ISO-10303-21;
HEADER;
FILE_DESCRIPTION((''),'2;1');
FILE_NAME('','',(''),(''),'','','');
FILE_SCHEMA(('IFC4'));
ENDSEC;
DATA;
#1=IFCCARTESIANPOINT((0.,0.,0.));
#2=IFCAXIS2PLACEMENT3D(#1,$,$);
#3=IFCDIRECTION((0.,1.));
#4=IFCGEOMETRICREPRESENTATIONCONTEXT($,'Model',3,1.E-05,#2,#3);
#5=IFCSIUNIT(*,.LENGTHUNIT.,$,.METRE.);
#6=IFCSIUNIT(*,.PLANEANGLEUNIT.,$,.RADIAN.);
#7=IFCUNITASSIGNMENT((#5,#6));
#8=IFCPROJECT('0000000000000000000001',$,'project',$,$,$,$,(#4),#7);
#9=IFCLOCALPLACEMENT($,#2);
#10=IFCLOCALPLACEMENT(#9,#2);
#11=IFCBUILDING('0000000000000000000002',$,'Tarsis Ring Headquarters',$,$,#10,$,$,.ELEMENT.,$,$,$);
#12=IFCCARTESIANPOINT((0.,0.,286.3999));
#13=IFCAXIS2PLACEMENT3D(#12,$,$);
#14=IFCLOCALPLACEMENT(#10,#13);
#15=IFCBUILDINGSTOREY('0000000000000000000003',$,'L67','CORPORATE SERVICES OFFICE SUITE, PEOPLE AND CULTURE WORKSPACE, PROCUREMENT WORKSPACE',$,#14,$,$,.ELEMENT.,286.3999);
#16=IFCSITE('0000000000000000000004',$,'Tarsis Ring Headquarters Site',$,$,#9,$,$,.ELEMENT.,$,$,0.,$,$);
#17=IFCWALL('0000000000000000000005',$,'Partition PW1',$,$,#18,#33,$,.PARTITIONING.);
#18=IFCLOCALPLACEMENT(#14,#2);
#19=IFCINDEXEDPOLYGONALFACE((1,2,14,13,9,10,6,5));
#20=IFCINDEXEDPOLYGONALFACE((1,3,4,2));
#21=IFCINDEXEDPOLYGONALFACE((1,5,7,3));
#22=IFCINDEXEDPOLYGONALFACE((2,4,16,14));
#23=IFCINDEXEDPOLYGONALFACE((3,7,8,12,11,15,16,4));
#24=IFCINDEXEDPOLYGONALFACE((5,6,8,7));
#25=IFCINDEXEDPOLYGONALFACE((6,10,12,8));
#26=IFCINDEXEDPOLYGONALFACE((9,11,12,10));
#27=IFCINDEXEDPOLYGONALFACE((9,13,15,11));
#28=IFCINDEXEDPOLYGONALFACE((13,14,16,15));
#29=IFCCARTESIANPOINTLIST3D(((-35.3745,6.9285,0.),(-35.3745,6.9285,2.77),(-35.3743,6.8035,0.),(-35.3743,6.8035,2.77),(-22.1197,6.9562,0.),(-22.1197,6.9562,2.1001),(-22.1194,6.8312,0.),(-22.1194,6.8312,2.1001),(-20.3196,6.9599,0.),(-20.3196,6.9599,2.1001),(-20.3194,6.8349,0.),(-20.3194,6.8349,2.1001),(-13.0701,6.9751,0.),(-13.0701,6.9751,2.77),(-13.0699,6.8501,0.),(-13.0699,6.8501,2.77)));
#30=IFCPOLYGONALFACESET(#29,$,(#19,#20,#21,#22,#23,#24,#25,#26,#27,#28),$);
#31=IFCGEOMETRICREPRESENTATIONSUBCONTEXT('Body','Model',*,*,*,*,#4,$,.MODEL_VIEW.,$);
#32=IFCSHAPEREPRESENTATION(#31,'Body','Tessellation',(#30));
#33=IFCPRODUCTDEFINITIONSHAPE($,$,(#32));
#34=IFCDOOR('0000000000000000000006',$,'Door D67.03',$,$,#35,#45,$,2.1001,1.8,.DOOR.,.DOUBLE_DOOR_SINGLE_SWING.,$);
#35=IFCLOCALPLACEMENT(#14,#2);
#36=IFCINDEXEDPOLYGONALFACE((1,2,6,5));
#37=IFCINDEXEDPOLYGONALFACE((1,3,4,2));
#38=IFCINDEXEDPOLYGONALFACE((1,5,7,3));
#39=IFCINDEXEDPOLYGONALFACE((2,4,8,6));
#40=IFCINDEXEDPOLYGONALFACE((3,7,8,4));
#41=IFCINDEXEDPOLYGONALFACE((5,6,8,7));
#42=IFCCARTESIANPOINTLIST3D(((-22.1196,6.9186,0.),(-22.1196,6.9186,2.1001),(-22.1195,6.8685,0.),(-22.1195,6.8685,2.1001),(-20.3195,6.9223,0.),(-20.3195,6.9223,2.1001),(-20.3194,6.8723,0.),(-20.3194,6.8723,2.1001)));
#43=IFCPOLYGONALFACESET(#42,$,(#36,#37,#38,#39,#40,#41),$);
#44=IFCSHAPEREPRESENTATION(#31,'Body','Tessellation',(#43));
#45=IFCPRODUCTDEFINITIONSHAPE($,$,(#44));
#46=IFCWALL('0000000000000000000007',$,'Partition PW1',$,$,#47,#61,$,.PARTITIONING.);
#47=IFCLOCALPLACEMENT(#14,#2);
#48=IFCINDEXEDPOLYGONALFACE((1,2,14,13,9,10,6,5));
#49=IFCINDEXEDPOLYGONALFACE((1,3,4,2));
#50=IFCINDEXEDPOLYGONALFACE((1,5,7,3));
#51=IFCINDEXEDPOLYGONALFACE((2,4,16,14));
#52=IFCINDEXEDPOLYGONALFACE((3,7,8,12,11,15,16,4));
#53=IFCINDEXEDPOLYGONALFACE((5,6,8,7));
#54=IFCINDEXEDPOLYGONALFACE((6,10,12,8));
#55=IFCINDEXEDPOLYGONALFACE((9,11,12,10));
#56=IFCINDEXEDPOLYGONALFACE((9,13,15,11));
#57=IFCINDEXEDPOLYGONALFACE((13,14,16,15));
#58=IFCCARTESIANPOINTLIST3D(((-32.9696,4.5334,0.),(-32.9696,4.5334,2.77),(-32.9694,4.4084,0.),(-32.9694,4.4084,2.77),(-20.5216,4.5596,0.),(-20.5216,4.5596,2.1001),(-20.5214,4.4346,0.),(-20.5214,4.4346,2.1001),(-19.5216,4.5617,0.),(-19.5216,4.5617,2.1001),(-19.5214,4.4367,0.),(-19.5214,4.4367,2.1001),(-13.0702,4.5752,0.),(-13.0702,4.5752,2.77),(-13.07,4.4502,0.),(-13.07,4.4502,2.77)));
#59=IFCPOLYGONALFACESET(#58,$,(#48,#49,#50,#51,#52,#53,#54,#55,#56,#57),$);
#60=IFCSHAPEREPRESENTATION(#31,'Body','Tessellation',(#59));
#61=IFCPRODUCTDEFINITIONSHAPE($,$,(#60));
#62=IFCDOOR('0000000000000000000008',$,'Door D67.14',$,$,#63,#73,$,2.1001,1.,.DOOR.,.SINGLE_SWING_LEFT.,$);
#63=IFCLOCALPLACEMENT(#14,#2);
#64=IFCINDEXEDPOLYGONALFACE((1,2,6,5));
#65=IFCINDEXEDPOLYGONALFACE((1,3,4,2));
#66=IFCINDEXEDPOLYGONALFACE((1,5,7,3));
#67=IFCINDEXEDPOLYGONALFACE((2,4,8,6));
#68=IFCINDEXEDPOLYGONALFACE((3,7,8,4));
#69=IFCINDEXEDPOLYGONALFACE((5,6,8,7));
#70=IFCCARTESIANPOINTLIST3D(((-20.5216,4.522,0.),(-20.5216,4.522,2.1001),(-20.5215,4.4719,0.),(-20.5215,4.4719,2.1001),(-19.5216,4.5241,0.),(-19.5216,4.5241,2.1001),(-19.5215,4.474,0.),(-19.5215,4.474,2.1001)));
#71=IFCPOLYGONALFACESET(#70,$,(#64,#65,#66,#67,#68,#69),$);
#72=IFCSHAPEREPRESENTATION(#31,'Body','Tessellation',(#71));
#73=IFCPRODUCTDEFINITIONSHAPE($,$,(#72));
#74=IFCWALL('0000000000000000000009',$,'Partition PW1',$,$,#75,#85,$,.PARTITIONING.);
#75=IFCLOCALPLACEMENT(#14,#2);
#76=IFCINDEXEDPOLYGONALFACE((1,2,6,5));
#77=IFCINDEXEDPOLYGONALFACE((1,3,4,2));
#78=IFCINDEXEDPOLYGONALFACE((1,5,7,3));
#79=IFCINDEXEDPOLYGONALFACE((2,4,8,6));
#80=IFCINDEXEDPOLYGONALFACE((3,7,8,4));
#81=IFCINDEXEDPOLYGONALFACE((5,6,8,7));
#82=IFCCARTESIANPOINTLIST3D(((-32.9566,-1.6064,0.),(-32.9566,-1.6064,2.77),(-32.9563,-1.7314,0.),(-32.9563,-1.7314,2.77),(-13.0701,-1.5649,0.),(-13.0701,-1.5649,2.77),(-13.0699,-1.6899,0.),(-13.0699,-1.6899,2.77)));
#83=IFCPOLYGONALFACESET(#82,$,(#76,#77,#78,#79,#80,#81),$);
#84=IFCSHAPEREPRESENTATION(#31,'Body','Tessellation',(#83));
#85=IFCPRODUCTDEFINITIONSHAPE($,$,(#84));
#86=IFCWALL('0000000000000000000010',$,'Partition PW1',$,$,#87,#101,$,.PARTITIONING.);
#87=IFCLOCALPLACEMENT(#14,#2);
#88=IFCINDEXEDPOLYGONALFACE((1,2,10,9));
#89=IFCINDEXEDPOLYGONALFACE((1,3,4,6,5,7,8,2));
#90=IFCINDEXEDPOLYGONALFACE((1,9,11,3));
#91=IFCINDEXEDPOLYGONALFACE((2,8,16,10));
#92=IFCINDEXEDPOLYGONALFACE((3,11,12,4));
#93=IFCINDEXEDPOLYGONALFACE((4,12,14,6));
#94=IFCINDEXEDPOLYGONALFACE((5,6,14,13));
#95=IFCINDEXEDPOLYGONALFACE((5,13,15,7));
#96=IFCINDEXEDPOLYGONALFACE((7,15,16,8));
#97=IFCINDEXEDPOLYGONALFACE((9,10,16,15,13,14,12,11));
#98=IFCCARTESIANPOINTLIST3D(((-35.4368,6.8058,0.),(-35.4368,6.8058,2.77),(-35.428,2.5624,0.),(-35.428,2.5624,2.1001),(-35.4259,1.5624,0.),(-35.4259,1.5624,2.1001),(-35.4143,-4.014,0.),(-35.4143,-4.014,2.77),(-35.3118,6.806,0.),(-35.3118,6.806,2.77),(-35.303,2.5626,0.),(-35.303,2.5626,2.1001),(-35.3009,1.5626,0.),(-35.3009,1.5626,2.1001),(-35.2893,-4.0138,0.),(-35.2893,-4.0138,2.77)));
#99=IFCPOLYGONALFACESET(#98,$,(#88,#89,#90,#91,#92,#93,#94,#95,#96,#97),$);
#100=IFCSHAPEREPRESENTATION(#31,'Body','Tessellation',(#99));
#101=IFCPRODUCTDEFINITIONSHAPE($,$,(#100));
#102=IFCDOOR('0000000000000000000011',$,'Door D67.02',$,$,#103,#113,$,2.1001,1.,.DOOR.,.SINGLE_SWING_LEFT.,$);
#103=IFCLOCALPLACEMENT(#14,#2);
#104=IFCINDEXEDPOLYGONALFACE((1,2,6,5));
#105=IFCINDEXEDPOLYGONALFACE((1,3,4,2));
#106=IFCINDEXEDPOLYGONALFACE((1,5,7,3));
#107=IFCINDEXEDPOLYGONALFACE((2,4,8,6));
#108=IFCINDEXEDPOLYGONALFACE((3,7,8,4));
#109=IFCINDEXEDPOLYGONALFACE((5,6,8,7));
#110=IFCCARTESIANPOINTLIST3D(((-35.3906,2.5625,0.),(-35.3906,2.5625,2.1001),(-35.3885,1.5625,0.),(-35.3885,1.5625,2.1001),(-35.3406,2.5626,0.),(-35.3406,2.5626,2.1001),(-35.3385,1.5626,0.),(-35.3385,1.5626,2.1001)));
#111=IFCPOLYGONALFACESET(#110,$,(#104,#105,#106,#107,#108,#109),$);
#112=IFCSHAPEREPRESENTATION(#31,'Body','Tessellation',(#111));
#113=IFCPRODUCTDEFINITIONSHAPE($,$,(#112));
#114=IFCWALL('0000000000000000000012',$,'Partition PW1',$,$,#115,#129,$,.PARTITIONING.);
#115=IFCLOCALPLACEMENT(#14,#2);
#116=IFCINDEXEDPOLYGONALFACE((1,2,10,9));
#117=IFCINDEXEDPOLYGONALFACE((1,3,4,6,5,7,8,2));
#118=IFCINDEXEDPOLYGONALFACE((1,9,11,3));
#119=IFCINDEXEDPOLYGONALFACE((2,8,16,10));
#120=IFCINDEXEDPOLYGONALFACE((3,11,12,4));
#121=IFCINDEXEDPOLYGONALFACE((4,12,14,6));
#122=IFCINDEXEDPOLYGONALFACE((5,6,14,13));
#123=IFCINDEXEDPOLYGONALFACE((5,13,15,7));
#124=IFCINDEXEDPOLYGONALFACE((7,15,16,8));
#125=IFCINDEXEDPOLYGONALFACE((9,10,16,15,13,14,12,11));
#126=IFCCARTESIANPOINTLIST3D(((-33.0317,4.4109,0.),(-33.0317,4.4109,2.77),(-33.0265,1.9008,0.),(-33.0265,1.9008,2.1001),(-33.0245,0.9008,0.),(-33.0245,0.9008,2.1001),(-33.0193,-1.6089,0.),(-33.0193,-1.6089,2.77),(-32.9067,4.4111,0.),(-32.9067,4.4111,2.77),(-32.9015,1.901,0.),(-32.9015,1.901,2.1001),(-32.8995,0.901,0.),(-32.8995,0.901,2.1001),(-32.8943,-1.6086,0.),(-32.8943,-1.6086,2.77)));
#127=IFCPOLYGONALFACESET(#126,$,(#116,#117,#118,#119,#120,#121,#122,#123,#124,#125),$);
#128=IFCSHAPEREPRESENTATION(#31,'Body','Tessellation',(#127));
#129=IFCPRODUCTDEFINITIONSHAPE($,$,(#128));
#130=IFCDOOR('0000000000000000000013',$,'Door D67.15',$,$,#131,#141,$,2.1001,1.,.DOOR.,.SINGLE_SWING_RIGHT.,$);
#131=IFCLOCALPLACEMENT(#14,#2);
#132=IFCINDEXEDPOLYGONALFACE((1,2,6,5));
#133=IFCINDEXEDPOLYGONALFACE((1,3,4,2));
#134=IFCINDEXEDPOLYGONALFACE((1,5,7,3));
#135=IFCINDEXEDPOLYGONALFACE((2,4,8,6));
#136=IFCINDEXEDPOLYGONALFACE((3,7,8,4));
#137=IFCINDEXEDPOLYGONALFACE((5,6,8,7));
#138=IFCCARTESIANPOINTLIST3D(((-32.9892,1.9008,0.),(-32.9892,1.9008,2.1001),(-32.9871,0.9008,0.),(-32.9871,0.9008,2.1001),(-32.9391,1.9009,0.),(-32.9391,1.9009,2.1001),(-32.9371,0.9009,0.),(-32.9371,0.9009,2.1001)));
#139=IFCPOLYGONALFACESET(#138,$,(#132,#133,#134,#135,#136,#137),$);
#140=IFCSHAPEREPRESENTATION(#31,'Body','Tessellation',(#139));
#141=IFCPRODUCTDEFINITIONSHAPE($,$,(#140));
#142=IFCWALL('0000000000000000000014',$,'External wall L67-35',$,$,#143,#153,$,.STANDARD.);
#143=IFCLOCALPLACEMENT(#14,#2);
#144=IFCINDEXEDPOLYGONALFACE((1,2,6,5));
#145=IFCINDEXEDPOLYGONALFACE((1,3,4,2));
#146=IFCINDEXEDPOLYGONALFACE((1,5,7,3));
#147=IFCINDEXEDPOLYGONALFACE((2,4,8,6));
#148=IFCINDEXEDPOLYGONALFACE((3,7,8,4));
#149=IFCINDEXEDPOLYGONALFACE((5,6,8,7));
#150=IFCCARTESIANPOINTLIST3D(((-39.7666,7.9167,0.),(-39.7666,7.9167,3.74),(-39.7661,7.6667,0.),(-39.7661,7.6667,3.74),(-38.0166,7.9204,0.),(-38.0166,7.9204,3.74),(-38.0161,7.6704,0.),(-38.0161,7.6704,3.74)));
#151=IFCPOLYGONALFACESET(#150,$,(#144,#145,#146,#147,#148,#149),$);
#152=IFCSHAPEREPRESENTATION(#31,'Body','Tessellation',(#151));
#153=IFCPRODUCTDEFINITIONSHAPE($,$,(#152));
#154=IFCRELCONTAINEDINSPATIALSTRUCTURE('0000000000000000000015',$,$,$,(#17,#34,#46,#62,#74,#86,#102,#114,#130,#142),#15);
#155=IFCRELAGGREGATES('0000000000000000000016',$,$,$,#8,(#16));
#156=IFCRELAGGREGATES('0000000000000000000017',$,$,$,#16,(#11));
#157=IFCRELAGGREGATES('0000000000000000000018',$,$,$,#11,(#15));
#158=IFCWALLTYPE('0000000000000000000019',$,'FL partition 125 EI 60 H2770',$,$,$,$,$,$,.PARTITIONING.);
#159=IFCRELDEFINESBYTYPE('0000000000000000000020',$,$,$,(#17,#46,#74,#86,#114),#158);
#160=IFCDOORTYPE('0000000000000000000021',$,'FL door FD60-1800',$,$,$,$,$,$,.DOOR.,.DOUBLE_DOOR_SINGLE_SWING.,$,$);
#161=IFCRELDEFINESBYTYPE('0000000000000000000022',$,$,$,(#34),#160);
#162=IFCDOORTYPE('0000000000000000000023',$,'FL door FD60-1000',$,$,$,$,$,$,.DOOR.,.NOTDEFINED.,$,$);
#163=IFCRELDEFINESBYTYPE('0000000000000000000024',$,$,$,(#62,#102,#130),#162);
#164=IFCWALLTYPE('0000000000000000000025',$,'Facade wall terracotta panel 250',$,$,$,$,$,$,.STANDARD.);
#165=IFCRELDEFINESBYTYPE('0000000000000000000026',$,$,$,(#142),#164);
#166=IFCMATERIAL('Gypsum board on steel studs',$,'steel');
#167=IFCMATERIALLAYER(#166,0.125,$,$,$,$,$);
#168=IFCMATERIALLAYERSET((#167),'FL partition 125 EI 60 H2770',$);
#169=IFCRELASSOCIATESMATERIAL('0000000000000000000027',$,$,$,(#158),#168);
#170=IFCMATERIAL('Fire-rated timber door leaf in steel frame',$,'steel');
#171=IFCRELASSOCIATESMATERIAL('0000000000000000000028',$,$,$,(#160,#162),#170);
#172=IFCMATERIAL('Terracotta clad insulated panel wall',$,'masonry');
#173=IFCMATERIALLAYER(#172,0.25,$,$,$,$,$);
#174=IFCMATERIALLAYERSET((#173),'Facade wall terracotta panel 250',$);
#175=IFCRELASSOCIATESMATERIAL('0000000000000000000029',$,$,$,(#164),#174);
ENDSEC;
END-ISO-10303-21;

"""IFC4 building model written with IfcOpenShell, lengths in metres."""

from ifc_helpers import new_model, si_unit, direction, frame, frame_2d, origin, place, context, subcontext, project, spatial, rectangle, extrude, material, layer, layer_set, type_object, element, fill, save


model = new_model("IFC4")

# Units and contexts
model_context = context("Model", 3, precision=1e-05, world=origin(), true_north=direction((0.0, 1.0)))
body_context = subcontext(model_context, "Body", "Model", "MODEL_VIEW")
ifc_project = project(units=[si_unit("LENGTHUNIT", "METRE"), si_unit("PLANEANGLEUNIT", "RADIAN")], contexts=[model_context])

# Site, building, storey
site_placement = place(None, origin())
site = spatial("IfcSite", under=ifc_project, at=site_placement, Name="Tarsis Ring Headquarters Site", CompositionType="ELEMENT", RefElevation=0.0)
building_placement = place(site_placement, origin())
building = spatial("IfcBuilding", under=site, at=building_placement, Name="Tarsis Ring Headquarters", CompositionType="ELEMENT")
storey_placement = place(building_placement, frame((0.0, 0.0, 286.3999)))
storey = spatial("IfcBuildingStorey", under=building, at=storey_placement, Name="L67", Description="CORPORATE SERVICES OFFICE SUITE, PEOPLE AND CULTURE WORKSPACE, PROCUREMENT WORKSPACE", CompositionType="ELEMENT", Elevation=286.3999)

# Shared definitions
ifc_material_1 = material(Name="Gypsum board on steel studs", Category="steel")

# Walls, openings, doors
ifc_layer_1 = layer(ifc_material_1, 0.125)
ifc_layer_set_1 = layer_set([ifc_layer_1], Name="FL partition 125 EI 60 H2770")
wall_type_1 = type_object("IfcWallType", Name="FL partition 125 EI 60 H2770", PredefinedType="PARTITIONING", material=ifc_layer_set_1)
wall_1_placement = place(storey_placement, frame((-35.3745, 6.866, 0.0), z_axis=(0.0, 0.0, 1.0), x_axis=(0.999998, 0.002091, 0.0)))
wall_1 = element("IfcWall", 1, at=wall_1_placement, inside=storey, type_object=wall_type_1, Name="Partition PW1", PredefinedType="PARTITIONING", context=body_context, shape_type="SweptSolid", body=[
    extrude(rectangle(XDim=22.3044, YDim=0.125, at=frame_2d((11.1523, 0.0))), origin(), (0.0, 0.0, 1.0), 2.77),
])
opening_1_placement = place(wall_1_placement, frame((13.2551, 0.0, 0.0)))
opening_1 = element("IfcOpeningElement", 2, at=opening_1_placement, cuts=wall_1, PredefinedType="OPENING", context=body_context, shape_type="SweptSolid", body=[
    extrude(rectangle(XDim=1.8, YDim=2.1001, at=frame_2d((0.8999, 1.05))), frame((0.0, 0.0725, 0.0), z_axis=(0.0, -1.0, 0.0), x_axis=(1.0, 0.0, 0.0)), (0.0, 0.0, 1.0), 0.145),
])
ifc_material_2 = material(Name="Fire-rated timber door leaf in steel frame", Category="steel")
door_type_1 = type_object("IfcDoorType", Name="FL door FD60-1800", OperationType="DOUBLE_DOOR_SINGLE_SWING", PredefinedType="DOOR", material=ifc_material_2)
door_1_placement = place(opening_1_placement, origin())
door_1 = element("IfcDoor", 3, at=door_1_placement, inside=storey, type_object=door_type_1, Name="Door D67.03", OperationType="DOUBLE_DOOR_SINGLE_SWING", OverallHeight=2.1001, OverallWidth=1.8, PredefinedType="DOOR", context=body_context, shape_type="SweptSolid", body=[
    extrude(rectangle(XDim=1.8, YDim=2.1001, at=frame_2d((0.8999, 1.05))), frame((0.0, 0.0249, 0.0), z_axis=(0.0, -1.0, 0.0), x_axis=(1.0, 0.0, 0.0)), (0.0, 0.0, 1.0), 0.05),
])
fill(opening_1, door_1)
wall_2_placement = place(storey_placement, frame((-32.9695, 4.4709, 0.0), z_axis=(0.0, 0.0, 1.0), x_axis=(0.999998, 0.002098, 0.0)))
wall_2 = element("IfcWall", 4, at=wall_2_placement, inside=storey, type_object=wall_type_1, Name="Partition PW1", PredefinedType="PARTITIONING", context=body_context, shape_type="SweptSolid", body=[
    extrude(rectangle(XDim=19.8994, YDim=0.125, at=frame_2d((9.9497, 0.0))), origin(), (0.0, 0.0, 1.0), 2.77),
])
opening_2_placement = place(wall_2_placement, frame((12.448, 0.0, 0.0)))
opening_2 = element("IfcOpeningElement", 5, at=opening_2_placement, cuts=wall_2, PredefinedType="OPENING", context=body_context, shape_type="SweptSolid", body=[
    extrude(rectangle(XDim=1.0, YDim=2.1001, at=frame_2d((0.5, 1.05))), frame((0.0, 0.0725, 0.0), z_axis=(0.0, -1.0, 0.0), x_axis=(1.0, 0.0, 0.0)), (0.0, 0.0, 1.0), 0.145),
])
door_type_2 = type_object("IfcDoorType", Name="FL door FD60-1000", OperationType="NOTDEFINED", PredefinedType="DOOR", material=ifc_material_2)
door_2_placement = place(opening_2_placement, origin())
door_2 = element("IfcDoor", 6, at=door_2_placement, inside=storey, type_object=door_type_2, Name="Door D67.14", OperationType="SINGLE_SWING_LEFT", OverallHeight=2.1001, OverallWidth=1.0, PredefinedType="DOOR", context=body_context, shape_type="SweptSolid", body=[
    extrude(rectangle(XDim=1.0, YDim=2.1001, at=frame_2d((0.5, 1.05))), frame((0.0, 0.0249, 0.0), z_axis=(0.0, -1.0, 0.0), x_axis=(1.0, 0.0, 0.0)), (0.0, 0.0, 1.0), 0.05),
])
fill(opening_2, door_2)

# Wall
wall_3_placement = place(storey_placement, frame((-32.9565, -1.6689, 0.0), z_axis=(0.0, 0.0, 1.0), x_axis=(0.999998, 0.002087, 0.0)))
element("IfcWall", 7, at=wall_3_placement, inside=storey, type_object=wall_type_1, Name="Partition PW1", PredefinedType="PARTITIONING", context=body_context, shape_type="SweptSolid", body=[
    extrude(rectangle(XDim=19.8865, YDim=0.125, at=frame_2d((9.9434, 0.0))), origin(), (0.0, 0.0, 1.0), 2.77),
])

# Walls, openings, doors
wall_4_placement = place(storey_placement, frame((-35.3743, 6.8059, 0.0), z_axis=(0.0, 0.0, 1.0), x_axis=(0.002076, -0.999998, 0.0)))
wall_4 = element("IfcWall", 8, at=wall_4_placement, inside=storey, type_object=wall_type_1, Name="Partition PW1", PredefinedType="PARTITIONING", context=body_context, shape_type="SweptSolid", body=[
    extrude(rectangle(XDim=10.8198, YDim=0.125, at=frame_2d((5.4099, 0.0))), origin(), (0.0, 0.0, 1.0), 2.77),
])
opening_3_placement = place(wall_4_placement, frame((4.2434, 0.0, 0.0)))
opening_3 = element("IfcOpeningElement", 9, at=opening_3_placement, cuts=wall_4, PredefinedType="OPENING", context=body_context, shape_type="SweptSolid", body=[
    extrude(rectangle(XDim=1.0, YDim=2.1001, at=frame_2d((0.5, 1.05))), frame((0.0, 0.0725, 0.0), z_axis=(0.0, -1.0, 0.0), x_axis=(1.0, 0.0, 0.0)), (0.0, 0.0, 1.0), 0.145),
])
door_3_placement = place(opening_3_placement, origin())
door_3 = element("IfcDoor", 10, at=door_3_placement, inside=storey, type_object=door_type_2, Name="Door D67.02", OperationType="SINGLE_SWING_LEFT", OverallHeight=2.1001, OverallWidth=1.0, PredefinedType="DOOR", context=body_context, shape_type="SweptSolid", body=[
    extrude(rectangle(XDim=1.0, YDim=2.1001, at=frame_2d((0.5, 1.05))), frame((0.0, 0.0249, 0.0), z_axis=(0.0, -1.0, 0.0), x_axis=(1.0, 0.0, 0.0)), (0.0, 0.0, 1.0), 0.05),
])
fill(opening_3, door_3)
wall_5_placement = place(storey_placement, frame((-32.9692, 4.4109, 0.0), z_axis=(0.0, 0.0, 1.0), x_axis=(0.002068, -0.999998, 0.0)))
wall_5 = element("IfcWall", 11, at=wall_5_placement, inside=storey, type_object=wall_type_1, Name="Partition PW1", PredefinedType="PARTITIONING", context=body_context, shape_type="SweptSolid", body=[
    extrude(rectangle(XDim=6.0198, YDim=0.125, at=frame_2d((3.0098, 0.0))), origin(), (0.0, 0.0, 1.0), 2.77),
])
opening_4_placement = place(wall_5_placement, frame((2.51, 0.0, 0.0)))
opening_4 = element("IfcOpeningElement", 12, at=opening_4_placement, cuts=wall_5, PredefinedType="OPENING", context=body_context, shape_type="SweptSolid", body=[
    extrude(rectangle(XDim=1.0, YDim=2.1001, at=frame_2d((0.5, 1.05))), frame((0.0, 0.0725, 0.0), z_axis=(0.0, -1.0, 0.0), x_axis=(1.0, 0.0, 0.0)), (0.0, 0.0, 1.0), 0.145),
])
door_4_placement = place(opening_4_placement, origin())
door_4 = element("IfcDoor", 13, at=door_4_placement, inside=storey, type_object=door_type_2, Name="Door D67.15", OperationType="SINGLE_SWING_RIGHT", OverallHeight=2.1001, OverallWidth=1.0, PredefinedType="DOOR", context=body_context, shape_type="SweptSolid", body=[
    extrude(rectangle(XDim=1.0, YDim=2.1001, at=frame_2d((0.5, 1.05))), frame((0.0, 0.0249, 0.0), z_axis=(0.0, -1.0, 0.0), x_axis=(1.0, 0.0, 0.0)), (0.0, 0.0, 1.0), 0.05),
])
fill(opening_4, door_4)

# Wall
ifc_material_3 = material(Name="Terracotta clad insulated panel wall", Category="masonry")
ifc_layer_2 = layer(ifc_material_3, 0.25)
ifc_layer_set_2 = layer_set([ifc_layer_2], Name="Facade wall terracotta panel 250")
wall_type_2 = type_object("IfcWallType", Name="Facade wall terracotta panel 250", PredefinedType="STANDARD", material=ifc_layer_set_2)
wall_6_placement = place(storey_placement, frame((-38.0164, 7.7954, 0.0), z_axis=(0.0, 0.0, 1.0), x_axis=(-0.999998, -0.002093, 0.0)))
element("IfcWall", 14, at=wall_6_placement, inside=storey, type_object=wall_type_2, Name="External wall L67-35", PredefinedType="STANDARD", context=body_context, shape_type="SweptSolid", body=[
    extrude(rectangle(XDim=1.75, YDim=0.25, at=frame_2d((0.875, 0.0))), origin(), (0.0, 0.0, 1.0), 3.74),
])

save(model, "model.ifc")
